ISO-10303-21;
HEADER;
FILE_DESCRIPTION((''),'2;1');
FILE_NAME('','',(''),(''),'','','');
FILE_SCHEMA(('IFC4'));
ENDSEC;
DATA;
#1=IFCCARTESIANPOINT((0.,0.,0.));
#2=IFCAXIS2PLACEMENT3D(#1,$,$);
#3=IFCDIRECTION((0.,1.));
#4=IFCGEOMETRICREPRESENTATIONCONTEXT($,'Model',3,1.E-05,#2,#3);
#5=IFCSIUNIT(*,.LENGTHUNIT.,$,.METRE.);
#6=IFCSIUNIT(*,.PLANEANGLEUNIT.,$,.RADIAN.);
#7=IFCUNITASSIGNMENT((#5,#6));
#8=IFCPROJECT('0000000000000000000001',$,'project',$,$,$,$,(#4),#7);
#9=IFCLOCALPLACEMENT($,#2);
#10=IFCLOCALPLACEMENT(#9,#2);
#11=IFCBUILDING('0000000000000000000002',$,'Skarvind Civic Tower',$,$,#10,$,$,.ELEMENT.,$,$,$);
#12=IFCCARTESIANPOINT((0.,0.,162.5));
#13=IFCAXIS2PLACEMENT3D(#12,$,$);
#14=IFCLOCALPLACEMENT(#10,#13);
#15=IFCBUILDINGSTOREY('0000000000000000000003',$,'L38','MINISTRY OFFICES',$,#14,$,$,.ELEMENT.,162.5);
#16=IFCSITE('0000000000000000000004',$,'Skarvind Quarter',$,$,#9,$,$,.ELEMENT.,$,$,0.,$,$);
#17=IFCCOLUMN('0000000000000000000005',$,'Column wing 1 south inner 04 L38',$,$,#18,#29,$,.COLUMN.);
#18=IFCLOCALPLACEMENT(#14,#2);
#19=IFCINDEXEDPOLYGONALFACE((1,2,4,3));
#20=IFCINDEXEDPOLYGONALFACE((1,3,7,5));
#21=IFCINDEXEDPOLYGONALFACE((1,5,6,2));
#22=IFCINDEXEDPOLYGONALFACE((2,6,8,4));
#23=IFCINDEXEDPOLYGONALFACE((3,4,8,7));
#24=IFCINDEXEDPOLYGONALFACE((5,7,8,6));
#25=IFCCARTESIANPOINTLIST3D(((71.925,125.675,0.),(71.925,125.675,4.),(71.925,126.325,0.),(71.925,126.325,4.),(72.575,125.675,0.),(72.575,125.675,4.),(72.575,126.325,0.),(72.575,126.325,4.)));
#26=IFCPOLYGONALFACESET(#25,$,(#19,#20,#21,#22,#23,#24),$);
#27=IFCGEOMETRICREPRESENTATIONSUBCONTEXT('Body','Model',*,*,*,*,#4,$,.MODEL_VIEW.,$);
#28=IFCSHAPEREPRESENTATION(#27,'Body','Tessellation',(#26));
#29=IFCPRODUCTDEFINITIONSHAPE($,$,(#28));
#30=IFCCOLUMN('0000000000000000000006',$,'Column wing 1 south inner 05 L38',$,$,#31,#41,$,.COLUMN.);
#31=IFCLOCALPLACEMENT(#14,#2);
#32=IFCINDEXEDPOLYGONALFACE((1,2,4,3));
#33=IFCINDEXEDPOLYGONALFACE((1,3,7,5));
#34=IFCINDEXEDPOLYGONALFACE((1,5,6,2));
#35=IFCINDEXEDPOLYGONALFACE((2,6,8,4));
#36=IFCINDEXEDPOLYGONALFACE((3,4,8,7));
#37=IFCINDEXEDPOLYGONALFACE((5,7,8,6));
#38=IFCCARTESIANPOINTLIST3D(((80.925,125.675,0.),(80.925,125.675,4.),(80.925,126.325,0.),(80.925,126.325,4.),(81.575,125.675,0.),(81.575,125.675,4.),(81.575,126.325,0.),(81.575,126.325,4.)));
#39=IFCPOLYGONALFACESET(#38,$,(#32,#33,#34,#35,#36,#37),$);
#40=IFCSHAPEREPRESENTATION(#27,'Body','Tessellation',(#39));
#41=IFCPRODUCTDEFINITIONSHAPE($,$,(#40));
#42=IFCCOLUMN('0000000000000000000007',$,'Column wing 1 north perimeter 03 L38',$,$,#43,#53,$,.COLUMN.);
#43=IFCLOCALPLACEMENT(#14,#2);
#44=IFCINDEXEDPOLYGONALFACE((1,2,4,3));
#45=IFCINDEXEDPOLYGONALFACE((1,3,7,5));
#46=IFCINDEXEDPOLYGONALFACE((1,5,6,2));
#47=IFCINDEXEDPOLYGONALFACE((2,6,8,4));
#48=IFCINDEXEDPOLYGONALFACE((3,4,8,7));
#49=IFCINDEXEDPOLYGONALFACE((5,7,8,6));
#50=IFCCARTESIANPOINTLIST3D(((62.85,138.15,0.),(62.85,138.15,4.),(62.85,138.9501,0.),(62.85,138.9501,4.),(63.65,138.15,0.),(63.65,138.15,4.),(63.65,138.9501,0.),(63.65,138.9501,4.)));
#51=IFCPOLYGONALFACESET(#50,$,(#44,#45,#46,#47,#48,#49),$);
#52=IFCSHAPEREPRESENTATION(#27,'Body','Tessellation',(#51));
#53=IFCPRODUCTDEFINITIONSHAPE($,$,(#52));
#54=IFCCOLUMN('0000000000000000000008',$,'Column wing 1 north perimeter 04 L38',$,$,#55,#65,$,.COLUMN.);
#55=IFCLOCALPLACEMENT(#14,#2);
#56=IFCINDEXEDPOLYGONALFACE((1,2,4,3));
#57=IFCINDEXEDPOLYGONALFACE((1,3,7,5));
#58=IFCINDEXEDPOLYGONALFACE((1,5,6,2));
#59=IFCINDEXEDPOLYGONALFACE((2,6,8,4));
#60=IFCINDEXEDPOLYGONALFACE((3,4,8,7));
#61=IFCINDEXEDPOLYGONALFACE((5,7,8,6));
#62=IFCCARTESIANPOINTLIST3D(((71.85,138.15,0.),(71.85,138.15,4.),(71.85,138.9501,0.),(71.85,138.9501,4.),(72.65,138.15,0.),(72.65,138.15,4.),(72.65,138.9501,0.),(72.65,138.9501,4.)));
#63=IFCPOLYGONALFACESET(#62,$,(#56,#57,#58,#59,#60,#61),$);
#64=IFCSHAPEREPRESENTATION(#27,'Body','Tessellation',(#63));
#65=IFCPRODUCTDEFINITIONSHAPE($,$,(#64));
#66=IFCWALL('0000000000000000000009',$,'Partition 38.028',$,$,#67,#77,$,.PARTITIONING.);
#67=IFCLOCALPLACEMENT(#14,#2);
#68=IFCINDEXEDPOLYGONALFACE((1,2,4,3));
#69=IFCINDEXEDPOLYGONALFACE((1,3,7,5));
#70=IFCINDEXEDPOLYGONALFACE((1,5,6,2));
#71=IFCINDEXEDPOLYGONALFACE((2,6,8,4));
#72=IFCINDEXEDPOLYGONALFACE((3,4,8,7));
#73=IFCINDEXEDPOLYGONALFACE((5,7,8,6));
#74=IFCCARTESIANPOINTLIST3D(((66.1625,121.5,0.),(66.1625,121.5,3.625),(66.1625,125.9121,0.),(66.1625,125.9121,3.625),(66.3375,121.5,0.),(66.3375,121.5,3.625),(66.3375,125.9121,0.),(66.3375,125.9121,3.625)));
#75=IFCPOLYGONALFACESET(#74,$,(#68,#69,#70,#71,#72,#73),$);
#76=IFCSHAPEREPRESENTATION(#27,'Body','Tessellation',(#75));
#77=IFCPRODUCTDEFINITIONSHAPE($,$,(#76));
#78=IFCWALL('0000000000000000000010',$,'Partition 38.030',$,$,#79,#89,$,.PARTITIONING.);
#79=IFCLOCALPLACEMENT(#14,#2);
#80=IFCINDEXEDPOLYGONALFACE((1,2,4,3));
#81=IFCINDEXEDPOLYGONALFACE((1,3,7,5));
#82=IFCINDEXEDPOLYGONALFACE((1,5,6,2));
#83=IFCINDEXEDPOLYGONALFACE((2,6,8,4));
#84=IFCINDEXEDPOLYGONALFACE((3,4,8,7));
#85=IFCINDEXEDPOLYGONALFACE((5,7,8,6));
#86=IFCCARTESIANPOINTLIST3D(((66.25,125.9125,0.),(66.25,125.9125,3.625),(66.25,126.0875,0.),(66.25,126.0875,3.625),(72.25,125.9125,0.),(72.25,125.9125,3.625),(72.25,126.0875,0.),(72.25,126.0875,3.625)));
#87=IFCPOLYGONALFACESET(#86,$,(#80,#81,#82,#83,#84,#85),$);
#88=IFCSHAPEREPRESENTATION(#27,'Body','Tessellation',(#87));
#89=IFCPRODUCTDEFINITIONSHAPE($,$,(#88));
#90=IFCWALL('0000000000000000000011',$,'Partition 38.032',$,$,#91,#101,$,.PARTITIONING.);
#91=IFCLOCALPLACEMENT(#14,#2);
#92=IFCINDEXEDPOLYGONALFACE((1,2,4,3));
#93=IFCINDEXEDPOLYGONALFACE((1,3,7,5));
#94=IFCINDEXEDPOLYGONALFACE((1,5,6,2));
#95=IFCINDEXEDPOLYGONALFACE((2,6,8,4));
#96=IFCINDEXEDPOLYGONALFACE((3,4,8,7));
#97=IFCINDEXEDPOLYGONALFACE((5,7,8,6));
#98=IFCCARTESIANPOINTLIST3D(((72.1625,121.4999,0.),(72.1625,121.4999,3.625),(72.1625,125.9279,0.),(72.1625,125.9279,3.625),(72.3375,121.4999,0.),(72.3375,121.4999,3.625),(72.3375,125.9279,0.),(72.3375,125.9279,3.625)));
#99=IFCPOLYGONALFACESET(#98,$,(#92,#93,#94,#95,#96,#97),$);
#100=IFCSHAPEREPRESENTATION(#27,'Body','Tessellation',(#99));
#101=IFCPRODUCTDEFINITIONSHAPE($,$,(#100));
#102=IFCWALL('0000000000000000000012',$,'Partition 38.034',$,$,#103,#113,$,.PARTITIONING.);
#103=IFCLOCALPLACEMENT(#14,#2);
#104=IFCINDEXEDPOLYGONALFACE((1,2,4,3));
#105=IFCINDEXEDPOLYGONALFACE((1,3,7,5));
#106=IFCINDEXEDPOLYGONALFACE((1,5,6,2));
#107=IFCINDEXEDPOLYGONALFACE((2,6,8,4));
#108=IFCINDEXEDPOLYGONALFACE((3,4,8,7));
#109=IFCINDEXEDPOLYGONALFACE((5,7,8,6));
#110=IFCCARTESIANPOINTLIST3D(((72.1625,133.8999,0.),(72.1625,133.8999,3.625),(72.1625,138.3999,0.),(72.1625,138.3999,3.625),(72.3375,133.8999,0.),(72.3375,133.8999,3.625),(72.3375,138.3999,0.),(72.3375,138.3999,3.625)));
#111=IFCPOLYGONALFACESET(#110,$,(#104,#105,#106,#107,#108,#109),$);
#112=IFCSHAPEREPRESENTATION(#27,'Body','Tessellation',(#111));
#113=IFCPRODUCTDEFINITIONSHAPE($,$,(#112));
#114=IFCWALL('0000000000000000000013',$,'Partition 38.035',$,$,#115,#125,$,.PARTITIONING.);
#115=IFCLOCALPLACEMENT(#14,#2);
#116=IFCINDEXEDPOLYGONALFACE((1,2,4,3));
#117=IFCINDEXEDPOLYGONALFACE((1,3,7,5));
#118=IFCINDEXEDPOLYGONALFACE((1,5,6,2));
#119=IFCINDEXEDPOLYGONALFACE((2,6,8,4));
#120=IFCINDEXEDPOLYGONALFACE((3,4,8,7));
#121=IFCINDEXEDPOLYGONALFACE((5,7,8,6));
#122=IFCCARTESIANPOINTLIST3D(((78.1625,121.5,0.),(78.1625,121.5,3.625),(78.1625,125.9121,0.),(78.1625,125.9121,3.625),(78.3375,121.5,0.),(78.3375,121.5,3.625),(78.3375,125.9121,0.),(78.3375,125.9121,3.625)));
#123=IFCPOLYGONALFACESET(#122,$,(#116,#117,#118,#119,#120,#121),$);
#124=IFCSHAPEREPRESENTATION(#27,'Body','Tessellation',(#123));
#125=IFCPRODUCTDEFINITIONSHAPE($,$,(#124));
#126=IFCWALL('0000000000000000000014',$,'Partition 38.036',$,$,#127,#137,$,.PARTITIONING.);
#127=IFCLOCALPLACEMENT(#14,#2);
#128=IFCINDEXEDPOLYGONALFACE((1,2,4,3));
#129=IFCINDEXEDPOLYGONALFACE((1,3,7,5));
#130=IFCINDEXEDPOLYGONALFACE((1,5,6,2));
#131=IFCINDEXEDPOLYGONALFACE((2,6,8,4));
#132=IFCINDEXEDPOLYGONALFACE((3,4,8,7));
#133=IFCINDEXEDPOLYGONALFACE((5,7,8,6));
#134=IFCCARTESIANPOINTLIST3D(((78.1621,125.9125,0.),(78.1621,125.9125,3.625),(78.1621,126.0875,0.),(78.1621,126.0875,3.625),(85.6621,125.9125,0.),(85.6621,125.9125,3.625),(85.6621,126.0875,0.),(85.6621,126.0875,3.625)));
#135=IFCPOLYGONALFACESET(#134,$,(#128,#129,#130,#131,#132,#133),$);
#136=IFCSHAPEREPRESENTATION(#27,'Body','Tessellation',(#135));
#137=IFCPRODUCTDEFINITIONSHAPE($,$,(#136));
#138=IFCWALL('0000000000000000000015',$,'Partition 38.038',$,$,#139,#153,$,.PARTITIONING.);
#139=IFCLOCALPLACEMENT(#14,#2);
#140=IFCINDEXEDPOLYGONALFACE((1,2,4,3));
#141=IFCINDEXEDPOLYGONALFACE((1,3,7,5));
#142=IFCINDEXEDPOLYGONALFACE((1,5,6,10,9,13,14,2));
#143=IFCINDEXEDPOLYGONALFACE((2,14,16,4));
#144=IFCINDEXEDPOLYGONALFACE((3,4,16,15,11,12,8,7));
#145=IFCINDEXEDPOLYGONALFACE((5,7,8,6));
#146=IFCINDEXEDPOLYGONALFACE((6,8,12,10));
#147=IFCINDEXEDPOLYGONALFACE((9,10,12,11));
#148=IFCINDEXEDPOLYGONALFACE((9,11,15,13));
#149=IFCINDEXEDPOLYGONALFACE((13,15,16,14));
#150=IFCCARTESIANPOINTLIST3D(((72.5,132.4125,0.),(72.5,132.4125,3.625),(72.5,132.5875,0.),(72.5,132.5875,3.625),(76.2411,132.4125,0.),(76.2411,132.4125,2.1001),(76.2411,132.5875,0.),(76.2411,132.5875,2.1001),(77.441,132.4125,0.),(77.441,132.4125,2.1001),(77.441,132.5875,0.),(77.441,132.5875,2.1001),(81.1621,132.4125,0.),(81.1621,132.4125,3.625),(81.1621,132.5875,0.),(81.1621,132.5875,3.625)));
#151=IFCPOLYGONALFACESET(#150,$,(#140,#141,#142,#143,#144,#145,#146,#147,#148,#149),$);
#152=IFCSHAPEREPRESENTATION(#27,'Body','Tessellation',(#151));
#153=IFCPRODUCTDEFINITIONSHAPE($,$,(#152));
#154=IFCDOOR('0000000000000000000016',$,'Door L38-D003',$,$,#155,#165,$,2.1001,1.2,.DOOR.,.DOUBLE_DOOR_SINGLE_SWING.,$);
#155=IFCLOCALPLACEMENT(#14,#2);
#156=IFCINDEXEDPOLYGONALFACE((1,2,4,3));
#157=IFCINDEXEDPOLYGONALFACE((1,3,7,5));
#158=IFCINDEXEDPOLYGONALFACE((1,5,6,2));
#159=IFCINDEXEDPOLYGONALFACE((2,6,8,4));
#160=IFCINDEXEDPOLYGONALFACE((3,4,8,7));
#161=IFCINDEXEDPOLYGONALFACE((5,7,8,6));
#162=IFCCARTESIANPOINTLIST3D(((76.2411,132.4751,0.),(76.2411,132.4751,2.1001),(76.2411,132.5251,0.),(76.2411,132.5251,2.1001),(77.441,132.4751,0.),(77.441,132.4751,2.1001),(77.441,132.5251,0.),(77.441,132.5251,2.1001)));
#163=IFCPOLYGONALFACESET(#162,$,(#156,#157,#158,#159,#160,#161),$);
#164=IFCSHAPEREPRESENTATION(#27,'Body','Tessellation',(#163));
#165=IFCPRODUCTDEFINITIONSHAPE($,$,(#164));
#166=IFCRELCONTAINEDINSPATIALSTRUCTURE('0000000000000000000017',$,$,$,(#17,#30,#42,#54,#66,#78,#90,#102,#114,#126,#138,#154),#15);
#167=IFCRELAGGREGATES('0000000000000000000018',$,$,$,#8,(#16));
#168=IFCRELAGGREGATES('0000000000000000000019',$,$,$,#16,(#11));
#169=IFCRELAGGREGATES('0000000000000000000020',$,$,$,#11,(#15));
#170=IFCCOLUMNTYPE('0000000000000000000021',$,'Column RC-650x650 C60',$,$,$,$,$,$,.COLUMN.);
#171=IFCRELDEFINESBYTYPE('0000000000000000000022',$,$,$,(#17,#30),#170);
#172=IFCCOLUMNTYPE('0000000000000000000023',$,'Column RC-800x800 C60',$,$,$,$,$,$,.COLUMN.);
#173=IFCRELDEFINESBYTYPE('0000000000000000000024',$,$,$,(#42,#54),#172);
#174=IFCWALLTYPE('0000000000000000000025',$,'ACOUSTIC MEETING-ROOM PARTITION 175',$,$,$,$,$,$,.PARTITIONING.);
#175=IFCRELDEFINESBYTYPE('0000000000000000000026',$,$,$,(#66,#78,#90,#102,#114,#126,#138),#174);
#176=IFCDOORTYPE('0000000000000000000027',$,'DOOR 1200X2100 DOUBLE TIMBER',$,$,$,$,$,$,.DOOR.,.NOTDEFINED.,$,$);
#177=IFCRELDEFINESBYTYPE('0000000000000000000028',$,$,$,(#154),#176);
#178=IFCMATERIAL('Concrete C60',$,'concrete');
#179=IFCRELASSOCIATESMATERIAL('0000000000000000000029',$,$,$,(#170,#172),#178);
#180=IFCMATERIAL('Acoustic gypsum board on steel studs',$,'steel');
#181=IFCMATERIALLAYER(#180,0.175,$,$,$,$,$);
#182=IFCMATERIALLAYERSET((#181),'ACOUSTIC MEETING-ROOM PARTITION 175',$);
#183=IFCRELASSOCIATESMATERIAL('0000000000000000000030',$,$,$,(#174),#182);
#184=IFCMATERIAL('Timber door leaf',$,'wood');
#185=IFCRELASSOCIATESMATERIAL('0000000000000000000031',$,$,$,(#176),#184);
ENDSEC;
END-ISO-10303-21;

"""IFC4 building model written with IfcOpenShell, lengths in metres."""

from ifc_helpers import new_model, si_unit, direction, frame, frame_2d, origin, origin_2d, place, context, subcontext, project, spatial, rectangle, extrude, material, layer, layer_set, material_profile, profile_set, type_object, element, fill, save


model = new_model("IFC4")

# Units and contexts
model_context = context("Model", 3, precision=1e-05, world=origin(), true_north=direction((0.0, 1.0)))
body_context = subcontext(model_context, "Body", "Model", "MODEL_VIEW")
ifc_project = project(units=[si_unit("LENGTHUNIT", "METRE"), si_unit("PLANEANGLEUNIT", "RADIAN")], contexts=[model_context])

# Site, building, storey
site_placement = place(None, origin())
site = spatial("IfcSite", under=ifc_project, at=site_placement, Name="Skarvind Quarter", CompositionType="ELEMENT", RefElevation=0.0)
building_placement = place(site_placement, origin())
building = spatial("IfcBuilding", under=site, at=building_placement, Name="Skarvind Civic Tower", CompositionType="ELEMENT")
storey_placement = place(building_placement, frame((0.0, 0.0, 162.5)))
storey = spatial("IfcBuildingStorey", under=building, at=storey_placement, Name="L38", Description="MINISTRY OFFICES", CompositionType="ELEMENT", Elevation=162.5)

# Columns
ifc_material_1 = material(Name="Concrete C60", Category="concrete")
ifc_material_profile_1 = material_profile(ifc_material_1, rectangle(XDim=0.6499, YDim=0.6499, at=origin_2d()), Name="RC-650x650")
ifc_profile_set_1 = profile_set([ifc_material_profile_1], Name="Concrete C60")
column_type_1 = type_object("IfcColumnType", Name="Column RC-650x650 C60", PredefinedType="COLUMN", material=ifc_profile_set_1)
for number, where, z_axis, x_axis, name in (
    (1, (72.25, 126.0, 0.0), (0.0, 0.0, 1.0), (1.0, 0.0, 0.0), "Column wing 1 south inner 04 L38"),
    (2, (81.25, 126.0, 0.0), (0.0, 0.0, 1.0), (1.0, 0.0, 0.0), "Column wing 1 south inner 05 L38"),
):
    element("IfcColumn", number, at=place(storey_placement, frame(where, z_axis=z_axis, x_axis=x_axis)), inside=storey, type_object=column_type_1, Name=name, PredefinedType="COLUMN", context=body_context, shape_type="SweptSolid", body=[
        extrude(rectangle(XDim=0.6499, YDim=0.6499, at=origin_2d()), origin(), (0.0, 0.0, 1.0), 4.0),
    ])
ifc_material_profile_2 = material_profile(ifc_material_1, rectangle(XDim=0.8, YDim=0.8, at=origin_2d()), Name="RC-800x800")
ifc_profile_set_2 = profile_set([ifc_material_profile_2], Name="Concrete C60")
column_type_2 = type_object("IfcColumnType", Name="Column RC-800x800 C60", PredefinedType="COLUMN", material=ifc_profile_set_2)
for number, where, z_axis, x_axis, name in (
    (3, (63.25, 138.55, 0.0), (0.0, 0.0, 1.0), (1.0, 0.0, 0.0), "Column wing 1 north perimeter 03 L38"),
    (4, (72.25, 138.55, 0.0), (0.0, 0.0, 1.0), (1.0, 0.0, 0.0), "Column wing 1 north perimeter 04 L38"),
):
    element("IfcColumn", number, at=place(storey_placement, frame(where, z_axis=z_axis, x_axis=x_axis)), inside=storey, type_object=column_type_2, Name=name, PredefinedType="COLUMN", context=body_context, shape_type="SweptSolid", body=[
        extrude(rectangle(XDim=0.8, YDim=0.8, at=origin_2d()), origin(), (0.0, 0.0, 1.0), 4.0),
    ])

# Walls
ifc_material_2 = material(Name="Acoustic gypsum board on steel studs", Category="steel")
ifc_layer_1 = layer(ifc_material_2, 0.175)
ifc_layer_set_1 = layer_set([ifc_layer_1], Name="ACOUSTIC MEETING-ROOM PARTITION 175")
wall_type_1 = type_object("IfcWallType", Name="ACOUSTIC MEETING-ROOM PARTITION 175", PredefinedType="PARTITIONING", material=ifc_layer_set_1)
wall_1_placement = place(storey_placement, frame((66.25, 121.5, 0.0), z_axis=(0.0, 0.0, 1.0), x_axis=(0.0, 1.0, 0.0)))
element("IfcWall", 5, at=wall_1_placement, inside=storey, type_object=wall_type_1, Name="Partition 38.028", PredefinedType="PARTITIONING", context=body_context, shape_type="SweptSolid", body=[
    extrude(rectangle(XDim=4.4121, YDim=0.175, at=frame_2d((2.2061, 0.0))), origin(), (0.0, 0.0, 1.0), 3.625),
])
wall_2_placement = place(storey_placement, frame((66.25, 126.0, 0.0), z_axis=(0.0, 0.0, 1.0), x_axis=(1.0, 0.0, 0.0)))
element("IfcWall", 6, at=wall_2_placement, inside=storey, type_object=wall_type_1, Name="Partition 38.030", PredefinedType="PARTITIONING", context=body_context, shape_type="SweptSolid", body=[
    extrude(rectangle(XDim=6.0, YDim=0.175, at=frame_2d((3.0, 0.0))), origin(), (0.0, 0.0, 1.0), 3.625),
])
wall_3_placement = place(storey_placement, frame((72.25, 121.5, 0.0), z_axis=(0.0, 0.0, 1.0), x_axis=(0.0, 1.0, 0.0)))
element("IfcWall", 7, at=wall_3_placement, inside=storey, type_object=wall_type_1, Name="Partition 38.032", PredefinedType="PARTITIONING", context=body_context, shape_type="SweptSolid", body=[
    extrude(rectangle(XDim=4.428, YDim=0.175, at=frame_2d((2.2139, 0.0))), origin(), (0.0, 0.0, 1.0), 3.625),
])
wall_4_placement = place(storey_placement, frame((72.25, 133.8999, 0.0), z_axis=(0.0, 0.0, 1.0), x_axis=(0.0, 1.0, 0.0)))
element("IfcWall", 8, at=wall_4_placement, inside=storey, type_object=wall_type_1, Name="Partition 38.034", PredefinedType="PARTITIONING", context=body_context, shape_type="SweptSolid", body=[
    extrude(rectangle(XDim=4.5, YDim=0.175, at=frame_2d((2.25, 0.0))), origin(), (0.0, 0.0, 1.0), 3.625),
])
wall_5_placement = place(storey_placement, frame((78.25, 125.9121, 0.0), z_axis=(0.0, 0.0, 1.0), x_axis=(0.0, -1.0, 0.0)))
element("IfcWall", 9, at=wall_5_placement, inside=storey, type_object=wall_type_1, Name="Partition 38.035", PredefinedType="PARTITIONING", context=body_context, shape_type="SweptSolid", body=[
    extrude(rectangle(XDim=4.4121, YDim=0.175, at=frame_2d((2.2061, 0.0))), origin(), (0.0, 0.0, 1.0), 3.625),
])
wall_6_placement = place(storey_placement, frame((78.1621, 126.0, 0.0), z_axis=(0.0, 0.0, 1.0), x_axis=(1.0, 0.0, 0.0)))
element("IfcWall", 10, at=wall_6_placement, inside=storey, type_object=wall_type_1, Name="Partition 38.036", PredefinedType="PARTITIONING", context=body_context, shape_type="SweptSolid", body=[
    extrude(rectangle(XDim=7.5, YDim=0.175, at=frame_2d((3.75, 0.0))), origin(), (0.0, 0.0, 1.0), 3.625),
])

# Wall, opening, door
wall_7_placement = place(storey_placement, frame((81.1621, 132.5, 0.0), z_axis=(0.0, 0.0, 1.0), x_axis=(-1.0, 0.0, 0.0)))
wall_7 = element("IfcWall", 11, at=wall_7_placement, inside=storey, type_object=wall_type_1, Name="Partition 38.038", PredefinedType="PARTITIONING", context=body_context, shape_type="SweptSolid", body=[
    extrude(rectangle(XDim=8.6621, YDim=0.175, at=frame_2d((4.3311, 0.0))), origin(), (0.0, 0.0, 1.0), 3.625),
])
opening_1_placement = place(wall_7_placement, frame((3.7209, 0.0, 0.0)))
opening_1 = element("IfcOpeningElement", 12, at=opening_1_placement, cuts=wall_7, PredefinedType="OPENING", context=body_context, shape_type="SweptSolid", body=[
    extrude(rectangle(XDim=1.2, YDim=2.1001, at=frame_2d((0.6001, 1.05))), frame((0.0, 0.0974, 0.0), z_axis=(0.0, -1.0, 0.0), x_axis=(1.0, 0.0, 0.0)), (0.0, 0.0, 1.0), 0.1951),
])
ifc_material_3 = material(Name="Timber door leaf", Category="wood")
door_type_1 = type_object("IfcDoorType", Name="DOOR 1200X2100 DOUBLE TIMBER", OperationType="NOTDEFINED", PredefinedType="DOOR", material=ifc_material_3)
door_1_placement = place(opening_1_placement, origin())
door_1 = element("IfcDoor", 13, at=door_1_placement, inside=storey, type_object=door_type_1, Name="Door L38-D003", OperationType="DOUBLE_DOOR_SINGLE_SWING", OverallHeight=2.1001, OverallWidth=1.2, PredefinedType="DOOR", context=body_context, shape_type="SweptSolid", body=[
    extrude(rectangle(XDim=1.2, YDim=2.1001, at=frame_2d((0.6001, 1.05))), frame((0.0, 0.0249, 0.0), z_axis=(0.0, -1.0, 0.0), x_axis=(1.0, 0.0, 0.0)), (0.0, 0.0, 1.0), 0.05),
])
fill(opening_1, door_1)

save(model, "model.ifc")
